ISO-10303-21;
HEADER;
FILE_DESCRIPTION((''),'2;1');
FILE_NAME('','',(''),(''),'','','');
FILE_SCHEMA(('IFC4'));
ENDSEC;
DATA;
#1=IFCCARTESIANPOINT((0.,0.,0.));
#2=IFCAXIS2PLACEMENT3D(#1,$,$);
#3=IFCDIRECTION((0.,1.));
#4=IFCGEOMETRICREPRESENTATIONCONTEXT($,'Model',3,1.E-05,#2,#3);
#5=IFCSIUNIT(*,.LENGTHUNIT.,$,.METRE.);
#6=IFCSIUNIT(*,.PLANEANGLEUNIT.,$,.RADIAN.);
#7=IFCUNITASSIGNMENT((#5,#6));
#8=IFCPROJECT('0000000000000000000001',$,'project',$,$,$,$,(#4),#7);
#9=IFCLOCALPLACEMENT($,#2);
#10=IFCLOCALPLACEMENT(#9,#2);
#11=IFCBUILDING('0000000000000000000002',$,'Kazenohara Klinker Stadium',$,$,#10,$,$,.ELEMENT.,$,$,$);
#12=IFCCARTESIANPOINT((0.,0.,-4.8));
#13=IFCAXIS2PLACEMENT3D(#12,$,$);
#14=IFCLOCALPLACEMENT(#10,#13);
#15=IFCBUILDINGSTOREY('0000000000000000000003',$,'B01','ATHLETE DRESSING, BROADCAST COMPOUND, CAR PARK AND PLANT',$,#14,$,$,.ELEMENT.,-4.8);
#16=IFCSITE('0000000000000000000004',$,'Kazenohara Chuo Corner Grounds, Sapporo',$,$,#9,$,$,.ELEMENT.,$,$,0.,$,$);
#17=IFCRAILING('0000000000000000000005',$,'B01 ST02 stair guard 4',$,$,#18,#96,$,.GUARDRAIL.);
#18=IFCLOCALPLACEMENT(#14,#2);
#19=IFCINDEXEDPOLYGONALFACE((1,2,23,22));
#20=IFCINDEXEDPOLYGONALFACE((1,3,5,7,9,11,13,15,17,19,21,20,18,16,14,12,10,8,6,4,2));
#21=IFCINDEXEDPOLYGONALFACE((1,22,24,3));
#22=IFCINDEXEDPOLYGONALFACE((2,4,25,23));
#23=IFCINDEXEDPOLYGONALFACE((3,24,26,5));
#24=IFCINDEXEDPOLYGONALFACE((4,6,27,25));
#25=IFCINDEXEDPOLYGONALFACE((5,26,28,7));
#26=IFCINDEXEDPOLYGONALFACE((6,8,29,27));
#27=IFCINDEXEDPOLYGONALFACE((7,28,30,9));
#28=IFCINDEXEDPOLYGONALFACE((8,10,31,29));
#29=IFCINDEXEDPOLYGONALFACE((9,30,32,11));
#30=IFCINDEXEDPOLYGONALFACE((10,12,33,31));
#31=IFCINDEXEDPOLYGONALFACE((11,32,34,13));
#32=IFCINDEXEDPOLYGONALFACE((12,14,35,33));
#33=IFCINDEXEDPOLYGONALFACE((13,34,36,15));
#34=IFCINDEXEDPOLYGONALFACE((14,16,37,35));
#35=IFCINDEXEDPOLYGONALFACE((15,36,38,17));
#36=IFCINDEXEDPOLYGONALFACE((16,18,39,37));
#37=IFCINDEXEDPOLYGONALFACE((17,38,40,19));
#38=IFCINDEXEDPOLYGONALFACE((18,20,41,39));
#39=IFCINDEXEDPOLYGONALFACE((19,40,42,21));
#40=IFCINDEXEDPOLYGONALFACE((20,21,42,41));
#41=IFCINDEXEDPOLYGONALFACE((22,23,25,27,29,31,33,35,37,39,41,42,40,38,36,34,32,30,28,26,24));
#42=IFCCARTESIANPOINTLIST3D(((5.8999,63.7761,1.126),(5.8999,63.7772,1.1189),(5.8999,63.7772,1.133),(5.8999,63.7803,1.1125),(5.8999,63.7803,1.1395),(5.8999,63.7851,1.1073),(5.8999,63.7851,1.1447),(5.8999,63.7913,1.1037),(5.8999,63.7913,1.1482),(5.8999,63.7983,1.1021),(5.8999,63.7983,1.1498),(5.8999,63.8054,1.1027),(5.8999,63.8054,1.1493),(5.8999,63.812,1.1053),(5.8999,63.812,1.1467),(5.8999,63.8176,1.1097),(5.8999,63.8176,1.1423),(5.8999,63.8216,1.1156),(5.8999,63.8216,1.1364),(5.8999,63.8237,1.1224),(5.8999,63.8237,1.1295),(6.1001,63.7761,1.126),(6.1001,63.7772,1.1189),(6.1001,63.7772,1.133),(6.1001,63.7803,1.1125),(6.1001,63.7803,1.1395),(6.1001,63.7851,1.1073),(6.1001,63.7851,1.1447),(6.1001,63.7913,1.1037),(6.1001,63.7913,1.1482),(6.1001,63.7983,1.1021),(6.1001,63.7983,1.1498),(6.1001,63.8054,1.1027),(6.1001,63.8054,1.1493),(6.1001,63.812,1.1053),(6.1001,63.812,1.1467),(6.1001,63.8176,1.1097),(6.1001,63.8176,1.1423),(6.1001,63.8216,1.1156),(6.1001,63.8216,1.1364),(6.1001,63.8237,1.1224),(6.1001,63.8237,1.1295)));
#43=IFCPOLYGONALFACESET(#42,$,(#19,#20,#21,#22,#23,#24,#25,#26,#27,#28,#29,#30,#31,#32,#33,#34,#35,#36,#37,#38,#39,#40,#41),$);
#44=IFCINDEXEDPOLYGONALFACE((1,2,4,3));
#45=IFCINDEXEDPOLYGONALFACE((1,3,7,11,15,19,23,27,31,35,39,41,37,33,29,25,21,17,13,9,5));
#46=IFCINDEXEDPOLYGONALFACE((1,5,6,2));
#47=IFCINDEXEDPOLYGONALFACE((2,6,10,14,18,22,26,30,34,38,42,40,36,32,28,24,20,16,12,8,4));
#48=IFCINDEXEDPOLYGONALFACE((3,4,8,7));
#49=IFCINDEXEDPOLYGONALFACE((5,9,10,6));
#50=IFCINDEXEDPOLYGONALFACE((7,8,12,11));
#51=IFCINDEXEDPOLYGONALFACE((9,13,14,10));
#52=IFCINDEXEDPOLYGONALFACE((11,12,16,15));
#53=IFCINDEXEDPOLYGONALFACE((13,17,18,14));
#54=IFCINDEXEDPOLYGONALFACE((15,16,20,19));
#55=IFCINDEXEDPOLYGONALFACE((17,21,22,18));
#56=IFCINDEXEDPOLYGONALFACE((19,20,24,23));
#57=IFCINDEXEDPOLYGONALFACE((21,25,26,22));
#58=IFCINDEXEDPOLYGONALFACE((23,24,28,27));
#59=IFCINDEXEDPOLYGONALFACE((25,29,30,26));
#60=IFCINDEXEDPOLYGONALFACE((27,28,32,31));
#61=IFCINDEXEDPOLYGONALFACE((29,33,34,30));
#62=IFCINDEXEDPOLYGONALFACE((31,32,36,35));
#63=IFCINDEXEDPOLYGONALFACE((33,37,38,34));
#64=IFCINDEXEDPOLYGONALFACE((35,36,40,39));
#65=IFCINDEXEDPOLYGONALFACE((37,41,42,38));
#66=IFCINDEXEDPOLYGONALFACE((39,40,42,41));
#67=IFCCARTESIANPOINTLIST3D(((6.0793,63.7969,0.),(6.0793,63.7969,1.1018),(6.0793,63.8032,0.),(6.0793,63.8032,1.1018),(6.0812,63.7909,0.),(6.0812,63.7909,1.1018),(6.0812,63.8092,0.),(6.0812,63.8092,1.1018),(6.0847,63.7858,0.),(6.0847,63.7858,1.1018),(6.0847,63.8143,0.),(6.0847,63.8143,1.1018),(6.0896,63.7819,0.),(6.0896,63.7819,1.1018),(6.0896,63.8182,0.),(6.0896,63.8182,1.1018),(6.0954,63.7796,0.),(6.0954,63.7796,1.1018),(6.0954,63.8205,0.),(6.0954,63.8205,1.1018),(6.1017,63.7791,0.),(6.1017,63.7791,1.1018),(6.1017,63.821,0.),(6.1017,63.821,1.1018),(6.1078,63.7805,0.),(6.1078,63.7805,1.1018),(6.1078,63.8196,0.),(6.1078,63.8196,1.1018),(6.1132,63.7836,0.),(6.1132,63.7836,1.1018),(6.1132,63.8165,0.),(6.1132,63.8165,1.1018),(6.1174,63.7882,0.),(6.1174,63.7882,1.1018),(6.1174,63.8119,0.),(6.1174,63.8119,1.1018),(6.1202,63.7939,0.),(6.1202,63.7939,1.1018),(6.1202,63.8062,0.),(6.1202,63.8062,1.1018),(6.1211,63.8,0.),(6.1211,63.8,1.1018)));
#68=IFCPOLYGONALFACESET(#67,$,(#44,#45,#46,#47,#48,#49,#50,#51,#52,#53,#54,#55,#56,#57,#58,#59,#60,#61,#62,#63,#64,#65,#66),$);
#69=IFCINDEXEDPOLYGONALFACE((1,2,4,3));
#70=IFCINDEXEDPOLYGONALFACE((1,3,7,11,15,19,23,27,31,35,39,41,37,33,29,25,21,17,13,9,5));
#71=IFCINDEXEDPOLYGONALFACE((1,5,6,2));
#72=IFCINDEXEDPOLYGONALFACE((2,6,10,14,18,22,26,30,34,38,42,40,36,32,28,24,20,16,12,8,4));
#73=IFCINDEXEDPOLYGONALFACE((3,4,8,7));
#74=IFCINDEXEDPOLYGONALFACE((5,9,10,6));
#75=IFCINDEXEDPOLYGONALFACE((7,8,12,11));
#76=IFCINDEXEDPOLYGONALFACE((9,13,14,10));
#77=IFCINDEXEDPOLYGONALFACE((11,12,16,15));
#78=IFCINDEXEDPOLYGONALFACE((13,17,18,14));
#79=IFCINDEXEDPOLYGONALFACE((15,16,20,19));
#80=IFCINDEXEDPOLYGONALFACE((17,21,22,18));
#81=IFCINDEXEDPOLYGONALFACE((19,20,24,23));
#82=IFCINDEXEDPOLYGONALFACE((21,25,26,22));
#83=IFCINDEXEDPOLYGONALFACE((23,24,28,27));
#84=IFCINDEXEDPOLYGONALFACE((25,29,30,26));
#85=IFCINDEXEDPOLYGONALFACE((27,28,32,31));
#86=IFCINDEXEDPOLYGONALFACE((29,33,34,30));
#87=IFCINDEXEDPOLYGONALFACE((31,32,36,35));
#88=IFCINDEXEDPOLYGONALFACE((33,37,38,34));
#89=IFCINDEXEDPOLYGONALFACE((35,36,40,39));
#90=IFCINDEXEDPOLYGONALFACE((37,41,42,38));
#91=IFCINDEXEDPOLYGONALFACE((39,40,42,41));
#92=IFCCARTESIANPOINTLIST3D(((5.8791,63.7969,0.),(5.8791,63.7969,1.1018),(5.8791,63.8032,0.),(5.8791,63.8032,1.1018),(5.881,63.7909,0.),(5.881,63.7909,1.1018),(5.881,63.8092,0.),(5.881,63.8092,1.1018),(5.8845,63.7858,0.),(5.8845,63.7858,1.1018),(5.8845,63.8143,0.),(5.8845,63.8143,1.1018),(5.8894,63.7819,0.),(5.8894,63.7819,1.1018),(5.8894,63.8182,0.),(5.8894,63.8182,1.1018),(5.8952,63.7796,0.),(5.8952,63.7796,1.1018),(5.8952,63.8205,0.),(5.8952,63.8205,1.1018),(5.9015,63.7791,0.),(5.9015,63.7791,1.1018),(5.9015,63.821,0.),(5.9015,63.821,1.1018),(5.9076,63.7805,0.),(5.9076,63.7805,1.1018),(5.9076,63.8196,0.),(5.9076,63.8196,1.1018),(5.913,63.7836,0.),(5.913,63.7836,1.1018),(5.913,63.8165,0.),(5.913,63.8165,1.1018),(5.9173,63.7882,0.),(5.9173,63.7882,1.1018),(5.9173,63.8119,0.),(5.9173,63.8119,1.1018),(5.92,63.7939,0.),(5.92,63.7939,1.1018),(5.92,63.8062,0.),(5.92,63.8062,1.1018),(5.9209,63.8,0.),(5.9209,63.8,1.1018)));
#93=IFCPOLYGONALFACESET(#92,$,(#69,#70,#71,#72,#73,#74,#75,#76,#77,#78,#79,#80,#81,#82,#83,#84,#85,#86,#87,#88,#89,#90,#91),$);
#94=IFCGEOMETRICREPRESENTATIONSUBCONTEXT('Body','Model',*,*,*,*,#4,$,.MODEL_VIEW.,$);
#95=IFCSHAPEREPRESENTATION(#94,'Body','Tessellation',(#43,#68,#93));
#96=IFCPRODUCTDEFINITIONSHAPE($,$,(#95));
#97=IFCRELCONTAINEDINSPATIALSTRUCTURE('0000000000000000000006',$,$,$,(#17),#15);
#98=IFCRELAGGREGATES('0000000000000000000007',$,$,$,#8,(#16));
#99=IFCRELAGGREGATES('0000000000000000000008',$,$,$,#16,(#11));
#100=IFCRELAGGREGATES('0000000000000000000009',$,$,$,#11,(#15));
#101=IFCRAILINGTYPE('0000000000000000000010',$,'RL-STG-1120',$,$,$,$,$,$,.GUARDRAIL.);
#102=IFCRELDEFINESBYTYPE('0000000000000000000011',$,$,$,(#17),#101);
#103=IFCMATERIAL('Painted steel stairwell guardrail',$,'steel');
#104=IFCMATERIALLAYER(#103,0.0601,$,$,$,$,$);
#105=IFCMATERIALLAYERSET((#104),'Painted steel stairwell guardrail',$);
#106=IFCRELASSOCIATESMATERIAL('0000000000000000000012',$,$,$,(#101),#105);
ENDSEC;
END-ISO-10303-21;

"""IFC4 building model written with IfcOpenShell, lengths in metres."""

from ifc_helpers import new_model, si_unit, direction, frame, origin, origin_2d, place, context, subcontext, project, spatial, circle, extrude, material, layer, layer_set, type_object, element, save


model = new_model("IFC4")

# Units and contexts
model_context = context("Model", 3, precision=1e-05, world=origin(), true_north=direction((0.0, 1.0)))
body_context = subcontext(model_context, "Body", "Model", "MODEL_VIEW")
ifc_project = project(units=[si_unit("LENGTHUNIT", "METRE"), si_unit("PLANEANGLEUNIT", "RADIAN")], contexts=[model_context])

# Site, building, storey
site_placement = place(None, origin())
site = spatial("IfcSite", under=ifc_project, at=site_placement, Name="Kazenohara Chuo Corner Grounds, Sapporo", CompositionType="ELEMENT", RefElevation=0.0)
building_placement = place(site_placement, origin())
building = spatial("IfcBuilding", under=site, at=building_placement, Name="Kazenohara Klinker Stadium", CompositionType="ELEMENT")
storey_placement = place(building_placement, frame((0.0, 0.0, -4.8)))
storey = spatial("IfcBuildingStorey", under=building, at=storey_placement, Name="B01", Description="ATHLETE DRESSING, BROADCAST COMPOUND, CAR PARK AND PLANT", CompositionType="ELEMENT", Elevation=-4.8)

# Railing
ifc_material_1 = material(Name="Painted steel stairwell guardrail", Category="steel")
ifc_layer_1 = layer(ifc_material_1, 0.0601)
ifc_layer_set_1 = layer_set([ifc_layer_1], Name="Painted steel stairwell guardrail")
railing_type_1 = type_object("IfcRailingType", Name="RL-STG-1120", PredefinedType="GUARDRAIL", material=ifc_layer_set_1)
railing_1_placement = place(storey_placement, frame((6.1001, 63.8, 0.0)))
element("IfcRailing", 1, at=railing_1_placement, inside=storey, type_object=railing_type_1, Name="B01 ST02 stair guard 4", PredefinedType="GUARDRAIL", context=body_context, shape_type="SweptSolid", body=[
    extrude(circle(Radius=0.0239, at=origin_2d()), frame((0.0, 0.0, 1.126), z_axis=(-1.0, 0.0, 0.0), x_axis=(0.0, -1.0, 0.0)), (0.0, 0.0, 1.0), 0.2002),
    extrude(circle(Radius=0.021, at=origin_2d()), origin(), (0.0, 0.0, 1.0), 1.1018),
    extrude(circle(Radius=0.021, at=origin_2d()), frame((-0.2002, 0.0, 0.0)), (0.0, 0.0, 1.0), 1.1018),
])

save(model, "model.ifc")
